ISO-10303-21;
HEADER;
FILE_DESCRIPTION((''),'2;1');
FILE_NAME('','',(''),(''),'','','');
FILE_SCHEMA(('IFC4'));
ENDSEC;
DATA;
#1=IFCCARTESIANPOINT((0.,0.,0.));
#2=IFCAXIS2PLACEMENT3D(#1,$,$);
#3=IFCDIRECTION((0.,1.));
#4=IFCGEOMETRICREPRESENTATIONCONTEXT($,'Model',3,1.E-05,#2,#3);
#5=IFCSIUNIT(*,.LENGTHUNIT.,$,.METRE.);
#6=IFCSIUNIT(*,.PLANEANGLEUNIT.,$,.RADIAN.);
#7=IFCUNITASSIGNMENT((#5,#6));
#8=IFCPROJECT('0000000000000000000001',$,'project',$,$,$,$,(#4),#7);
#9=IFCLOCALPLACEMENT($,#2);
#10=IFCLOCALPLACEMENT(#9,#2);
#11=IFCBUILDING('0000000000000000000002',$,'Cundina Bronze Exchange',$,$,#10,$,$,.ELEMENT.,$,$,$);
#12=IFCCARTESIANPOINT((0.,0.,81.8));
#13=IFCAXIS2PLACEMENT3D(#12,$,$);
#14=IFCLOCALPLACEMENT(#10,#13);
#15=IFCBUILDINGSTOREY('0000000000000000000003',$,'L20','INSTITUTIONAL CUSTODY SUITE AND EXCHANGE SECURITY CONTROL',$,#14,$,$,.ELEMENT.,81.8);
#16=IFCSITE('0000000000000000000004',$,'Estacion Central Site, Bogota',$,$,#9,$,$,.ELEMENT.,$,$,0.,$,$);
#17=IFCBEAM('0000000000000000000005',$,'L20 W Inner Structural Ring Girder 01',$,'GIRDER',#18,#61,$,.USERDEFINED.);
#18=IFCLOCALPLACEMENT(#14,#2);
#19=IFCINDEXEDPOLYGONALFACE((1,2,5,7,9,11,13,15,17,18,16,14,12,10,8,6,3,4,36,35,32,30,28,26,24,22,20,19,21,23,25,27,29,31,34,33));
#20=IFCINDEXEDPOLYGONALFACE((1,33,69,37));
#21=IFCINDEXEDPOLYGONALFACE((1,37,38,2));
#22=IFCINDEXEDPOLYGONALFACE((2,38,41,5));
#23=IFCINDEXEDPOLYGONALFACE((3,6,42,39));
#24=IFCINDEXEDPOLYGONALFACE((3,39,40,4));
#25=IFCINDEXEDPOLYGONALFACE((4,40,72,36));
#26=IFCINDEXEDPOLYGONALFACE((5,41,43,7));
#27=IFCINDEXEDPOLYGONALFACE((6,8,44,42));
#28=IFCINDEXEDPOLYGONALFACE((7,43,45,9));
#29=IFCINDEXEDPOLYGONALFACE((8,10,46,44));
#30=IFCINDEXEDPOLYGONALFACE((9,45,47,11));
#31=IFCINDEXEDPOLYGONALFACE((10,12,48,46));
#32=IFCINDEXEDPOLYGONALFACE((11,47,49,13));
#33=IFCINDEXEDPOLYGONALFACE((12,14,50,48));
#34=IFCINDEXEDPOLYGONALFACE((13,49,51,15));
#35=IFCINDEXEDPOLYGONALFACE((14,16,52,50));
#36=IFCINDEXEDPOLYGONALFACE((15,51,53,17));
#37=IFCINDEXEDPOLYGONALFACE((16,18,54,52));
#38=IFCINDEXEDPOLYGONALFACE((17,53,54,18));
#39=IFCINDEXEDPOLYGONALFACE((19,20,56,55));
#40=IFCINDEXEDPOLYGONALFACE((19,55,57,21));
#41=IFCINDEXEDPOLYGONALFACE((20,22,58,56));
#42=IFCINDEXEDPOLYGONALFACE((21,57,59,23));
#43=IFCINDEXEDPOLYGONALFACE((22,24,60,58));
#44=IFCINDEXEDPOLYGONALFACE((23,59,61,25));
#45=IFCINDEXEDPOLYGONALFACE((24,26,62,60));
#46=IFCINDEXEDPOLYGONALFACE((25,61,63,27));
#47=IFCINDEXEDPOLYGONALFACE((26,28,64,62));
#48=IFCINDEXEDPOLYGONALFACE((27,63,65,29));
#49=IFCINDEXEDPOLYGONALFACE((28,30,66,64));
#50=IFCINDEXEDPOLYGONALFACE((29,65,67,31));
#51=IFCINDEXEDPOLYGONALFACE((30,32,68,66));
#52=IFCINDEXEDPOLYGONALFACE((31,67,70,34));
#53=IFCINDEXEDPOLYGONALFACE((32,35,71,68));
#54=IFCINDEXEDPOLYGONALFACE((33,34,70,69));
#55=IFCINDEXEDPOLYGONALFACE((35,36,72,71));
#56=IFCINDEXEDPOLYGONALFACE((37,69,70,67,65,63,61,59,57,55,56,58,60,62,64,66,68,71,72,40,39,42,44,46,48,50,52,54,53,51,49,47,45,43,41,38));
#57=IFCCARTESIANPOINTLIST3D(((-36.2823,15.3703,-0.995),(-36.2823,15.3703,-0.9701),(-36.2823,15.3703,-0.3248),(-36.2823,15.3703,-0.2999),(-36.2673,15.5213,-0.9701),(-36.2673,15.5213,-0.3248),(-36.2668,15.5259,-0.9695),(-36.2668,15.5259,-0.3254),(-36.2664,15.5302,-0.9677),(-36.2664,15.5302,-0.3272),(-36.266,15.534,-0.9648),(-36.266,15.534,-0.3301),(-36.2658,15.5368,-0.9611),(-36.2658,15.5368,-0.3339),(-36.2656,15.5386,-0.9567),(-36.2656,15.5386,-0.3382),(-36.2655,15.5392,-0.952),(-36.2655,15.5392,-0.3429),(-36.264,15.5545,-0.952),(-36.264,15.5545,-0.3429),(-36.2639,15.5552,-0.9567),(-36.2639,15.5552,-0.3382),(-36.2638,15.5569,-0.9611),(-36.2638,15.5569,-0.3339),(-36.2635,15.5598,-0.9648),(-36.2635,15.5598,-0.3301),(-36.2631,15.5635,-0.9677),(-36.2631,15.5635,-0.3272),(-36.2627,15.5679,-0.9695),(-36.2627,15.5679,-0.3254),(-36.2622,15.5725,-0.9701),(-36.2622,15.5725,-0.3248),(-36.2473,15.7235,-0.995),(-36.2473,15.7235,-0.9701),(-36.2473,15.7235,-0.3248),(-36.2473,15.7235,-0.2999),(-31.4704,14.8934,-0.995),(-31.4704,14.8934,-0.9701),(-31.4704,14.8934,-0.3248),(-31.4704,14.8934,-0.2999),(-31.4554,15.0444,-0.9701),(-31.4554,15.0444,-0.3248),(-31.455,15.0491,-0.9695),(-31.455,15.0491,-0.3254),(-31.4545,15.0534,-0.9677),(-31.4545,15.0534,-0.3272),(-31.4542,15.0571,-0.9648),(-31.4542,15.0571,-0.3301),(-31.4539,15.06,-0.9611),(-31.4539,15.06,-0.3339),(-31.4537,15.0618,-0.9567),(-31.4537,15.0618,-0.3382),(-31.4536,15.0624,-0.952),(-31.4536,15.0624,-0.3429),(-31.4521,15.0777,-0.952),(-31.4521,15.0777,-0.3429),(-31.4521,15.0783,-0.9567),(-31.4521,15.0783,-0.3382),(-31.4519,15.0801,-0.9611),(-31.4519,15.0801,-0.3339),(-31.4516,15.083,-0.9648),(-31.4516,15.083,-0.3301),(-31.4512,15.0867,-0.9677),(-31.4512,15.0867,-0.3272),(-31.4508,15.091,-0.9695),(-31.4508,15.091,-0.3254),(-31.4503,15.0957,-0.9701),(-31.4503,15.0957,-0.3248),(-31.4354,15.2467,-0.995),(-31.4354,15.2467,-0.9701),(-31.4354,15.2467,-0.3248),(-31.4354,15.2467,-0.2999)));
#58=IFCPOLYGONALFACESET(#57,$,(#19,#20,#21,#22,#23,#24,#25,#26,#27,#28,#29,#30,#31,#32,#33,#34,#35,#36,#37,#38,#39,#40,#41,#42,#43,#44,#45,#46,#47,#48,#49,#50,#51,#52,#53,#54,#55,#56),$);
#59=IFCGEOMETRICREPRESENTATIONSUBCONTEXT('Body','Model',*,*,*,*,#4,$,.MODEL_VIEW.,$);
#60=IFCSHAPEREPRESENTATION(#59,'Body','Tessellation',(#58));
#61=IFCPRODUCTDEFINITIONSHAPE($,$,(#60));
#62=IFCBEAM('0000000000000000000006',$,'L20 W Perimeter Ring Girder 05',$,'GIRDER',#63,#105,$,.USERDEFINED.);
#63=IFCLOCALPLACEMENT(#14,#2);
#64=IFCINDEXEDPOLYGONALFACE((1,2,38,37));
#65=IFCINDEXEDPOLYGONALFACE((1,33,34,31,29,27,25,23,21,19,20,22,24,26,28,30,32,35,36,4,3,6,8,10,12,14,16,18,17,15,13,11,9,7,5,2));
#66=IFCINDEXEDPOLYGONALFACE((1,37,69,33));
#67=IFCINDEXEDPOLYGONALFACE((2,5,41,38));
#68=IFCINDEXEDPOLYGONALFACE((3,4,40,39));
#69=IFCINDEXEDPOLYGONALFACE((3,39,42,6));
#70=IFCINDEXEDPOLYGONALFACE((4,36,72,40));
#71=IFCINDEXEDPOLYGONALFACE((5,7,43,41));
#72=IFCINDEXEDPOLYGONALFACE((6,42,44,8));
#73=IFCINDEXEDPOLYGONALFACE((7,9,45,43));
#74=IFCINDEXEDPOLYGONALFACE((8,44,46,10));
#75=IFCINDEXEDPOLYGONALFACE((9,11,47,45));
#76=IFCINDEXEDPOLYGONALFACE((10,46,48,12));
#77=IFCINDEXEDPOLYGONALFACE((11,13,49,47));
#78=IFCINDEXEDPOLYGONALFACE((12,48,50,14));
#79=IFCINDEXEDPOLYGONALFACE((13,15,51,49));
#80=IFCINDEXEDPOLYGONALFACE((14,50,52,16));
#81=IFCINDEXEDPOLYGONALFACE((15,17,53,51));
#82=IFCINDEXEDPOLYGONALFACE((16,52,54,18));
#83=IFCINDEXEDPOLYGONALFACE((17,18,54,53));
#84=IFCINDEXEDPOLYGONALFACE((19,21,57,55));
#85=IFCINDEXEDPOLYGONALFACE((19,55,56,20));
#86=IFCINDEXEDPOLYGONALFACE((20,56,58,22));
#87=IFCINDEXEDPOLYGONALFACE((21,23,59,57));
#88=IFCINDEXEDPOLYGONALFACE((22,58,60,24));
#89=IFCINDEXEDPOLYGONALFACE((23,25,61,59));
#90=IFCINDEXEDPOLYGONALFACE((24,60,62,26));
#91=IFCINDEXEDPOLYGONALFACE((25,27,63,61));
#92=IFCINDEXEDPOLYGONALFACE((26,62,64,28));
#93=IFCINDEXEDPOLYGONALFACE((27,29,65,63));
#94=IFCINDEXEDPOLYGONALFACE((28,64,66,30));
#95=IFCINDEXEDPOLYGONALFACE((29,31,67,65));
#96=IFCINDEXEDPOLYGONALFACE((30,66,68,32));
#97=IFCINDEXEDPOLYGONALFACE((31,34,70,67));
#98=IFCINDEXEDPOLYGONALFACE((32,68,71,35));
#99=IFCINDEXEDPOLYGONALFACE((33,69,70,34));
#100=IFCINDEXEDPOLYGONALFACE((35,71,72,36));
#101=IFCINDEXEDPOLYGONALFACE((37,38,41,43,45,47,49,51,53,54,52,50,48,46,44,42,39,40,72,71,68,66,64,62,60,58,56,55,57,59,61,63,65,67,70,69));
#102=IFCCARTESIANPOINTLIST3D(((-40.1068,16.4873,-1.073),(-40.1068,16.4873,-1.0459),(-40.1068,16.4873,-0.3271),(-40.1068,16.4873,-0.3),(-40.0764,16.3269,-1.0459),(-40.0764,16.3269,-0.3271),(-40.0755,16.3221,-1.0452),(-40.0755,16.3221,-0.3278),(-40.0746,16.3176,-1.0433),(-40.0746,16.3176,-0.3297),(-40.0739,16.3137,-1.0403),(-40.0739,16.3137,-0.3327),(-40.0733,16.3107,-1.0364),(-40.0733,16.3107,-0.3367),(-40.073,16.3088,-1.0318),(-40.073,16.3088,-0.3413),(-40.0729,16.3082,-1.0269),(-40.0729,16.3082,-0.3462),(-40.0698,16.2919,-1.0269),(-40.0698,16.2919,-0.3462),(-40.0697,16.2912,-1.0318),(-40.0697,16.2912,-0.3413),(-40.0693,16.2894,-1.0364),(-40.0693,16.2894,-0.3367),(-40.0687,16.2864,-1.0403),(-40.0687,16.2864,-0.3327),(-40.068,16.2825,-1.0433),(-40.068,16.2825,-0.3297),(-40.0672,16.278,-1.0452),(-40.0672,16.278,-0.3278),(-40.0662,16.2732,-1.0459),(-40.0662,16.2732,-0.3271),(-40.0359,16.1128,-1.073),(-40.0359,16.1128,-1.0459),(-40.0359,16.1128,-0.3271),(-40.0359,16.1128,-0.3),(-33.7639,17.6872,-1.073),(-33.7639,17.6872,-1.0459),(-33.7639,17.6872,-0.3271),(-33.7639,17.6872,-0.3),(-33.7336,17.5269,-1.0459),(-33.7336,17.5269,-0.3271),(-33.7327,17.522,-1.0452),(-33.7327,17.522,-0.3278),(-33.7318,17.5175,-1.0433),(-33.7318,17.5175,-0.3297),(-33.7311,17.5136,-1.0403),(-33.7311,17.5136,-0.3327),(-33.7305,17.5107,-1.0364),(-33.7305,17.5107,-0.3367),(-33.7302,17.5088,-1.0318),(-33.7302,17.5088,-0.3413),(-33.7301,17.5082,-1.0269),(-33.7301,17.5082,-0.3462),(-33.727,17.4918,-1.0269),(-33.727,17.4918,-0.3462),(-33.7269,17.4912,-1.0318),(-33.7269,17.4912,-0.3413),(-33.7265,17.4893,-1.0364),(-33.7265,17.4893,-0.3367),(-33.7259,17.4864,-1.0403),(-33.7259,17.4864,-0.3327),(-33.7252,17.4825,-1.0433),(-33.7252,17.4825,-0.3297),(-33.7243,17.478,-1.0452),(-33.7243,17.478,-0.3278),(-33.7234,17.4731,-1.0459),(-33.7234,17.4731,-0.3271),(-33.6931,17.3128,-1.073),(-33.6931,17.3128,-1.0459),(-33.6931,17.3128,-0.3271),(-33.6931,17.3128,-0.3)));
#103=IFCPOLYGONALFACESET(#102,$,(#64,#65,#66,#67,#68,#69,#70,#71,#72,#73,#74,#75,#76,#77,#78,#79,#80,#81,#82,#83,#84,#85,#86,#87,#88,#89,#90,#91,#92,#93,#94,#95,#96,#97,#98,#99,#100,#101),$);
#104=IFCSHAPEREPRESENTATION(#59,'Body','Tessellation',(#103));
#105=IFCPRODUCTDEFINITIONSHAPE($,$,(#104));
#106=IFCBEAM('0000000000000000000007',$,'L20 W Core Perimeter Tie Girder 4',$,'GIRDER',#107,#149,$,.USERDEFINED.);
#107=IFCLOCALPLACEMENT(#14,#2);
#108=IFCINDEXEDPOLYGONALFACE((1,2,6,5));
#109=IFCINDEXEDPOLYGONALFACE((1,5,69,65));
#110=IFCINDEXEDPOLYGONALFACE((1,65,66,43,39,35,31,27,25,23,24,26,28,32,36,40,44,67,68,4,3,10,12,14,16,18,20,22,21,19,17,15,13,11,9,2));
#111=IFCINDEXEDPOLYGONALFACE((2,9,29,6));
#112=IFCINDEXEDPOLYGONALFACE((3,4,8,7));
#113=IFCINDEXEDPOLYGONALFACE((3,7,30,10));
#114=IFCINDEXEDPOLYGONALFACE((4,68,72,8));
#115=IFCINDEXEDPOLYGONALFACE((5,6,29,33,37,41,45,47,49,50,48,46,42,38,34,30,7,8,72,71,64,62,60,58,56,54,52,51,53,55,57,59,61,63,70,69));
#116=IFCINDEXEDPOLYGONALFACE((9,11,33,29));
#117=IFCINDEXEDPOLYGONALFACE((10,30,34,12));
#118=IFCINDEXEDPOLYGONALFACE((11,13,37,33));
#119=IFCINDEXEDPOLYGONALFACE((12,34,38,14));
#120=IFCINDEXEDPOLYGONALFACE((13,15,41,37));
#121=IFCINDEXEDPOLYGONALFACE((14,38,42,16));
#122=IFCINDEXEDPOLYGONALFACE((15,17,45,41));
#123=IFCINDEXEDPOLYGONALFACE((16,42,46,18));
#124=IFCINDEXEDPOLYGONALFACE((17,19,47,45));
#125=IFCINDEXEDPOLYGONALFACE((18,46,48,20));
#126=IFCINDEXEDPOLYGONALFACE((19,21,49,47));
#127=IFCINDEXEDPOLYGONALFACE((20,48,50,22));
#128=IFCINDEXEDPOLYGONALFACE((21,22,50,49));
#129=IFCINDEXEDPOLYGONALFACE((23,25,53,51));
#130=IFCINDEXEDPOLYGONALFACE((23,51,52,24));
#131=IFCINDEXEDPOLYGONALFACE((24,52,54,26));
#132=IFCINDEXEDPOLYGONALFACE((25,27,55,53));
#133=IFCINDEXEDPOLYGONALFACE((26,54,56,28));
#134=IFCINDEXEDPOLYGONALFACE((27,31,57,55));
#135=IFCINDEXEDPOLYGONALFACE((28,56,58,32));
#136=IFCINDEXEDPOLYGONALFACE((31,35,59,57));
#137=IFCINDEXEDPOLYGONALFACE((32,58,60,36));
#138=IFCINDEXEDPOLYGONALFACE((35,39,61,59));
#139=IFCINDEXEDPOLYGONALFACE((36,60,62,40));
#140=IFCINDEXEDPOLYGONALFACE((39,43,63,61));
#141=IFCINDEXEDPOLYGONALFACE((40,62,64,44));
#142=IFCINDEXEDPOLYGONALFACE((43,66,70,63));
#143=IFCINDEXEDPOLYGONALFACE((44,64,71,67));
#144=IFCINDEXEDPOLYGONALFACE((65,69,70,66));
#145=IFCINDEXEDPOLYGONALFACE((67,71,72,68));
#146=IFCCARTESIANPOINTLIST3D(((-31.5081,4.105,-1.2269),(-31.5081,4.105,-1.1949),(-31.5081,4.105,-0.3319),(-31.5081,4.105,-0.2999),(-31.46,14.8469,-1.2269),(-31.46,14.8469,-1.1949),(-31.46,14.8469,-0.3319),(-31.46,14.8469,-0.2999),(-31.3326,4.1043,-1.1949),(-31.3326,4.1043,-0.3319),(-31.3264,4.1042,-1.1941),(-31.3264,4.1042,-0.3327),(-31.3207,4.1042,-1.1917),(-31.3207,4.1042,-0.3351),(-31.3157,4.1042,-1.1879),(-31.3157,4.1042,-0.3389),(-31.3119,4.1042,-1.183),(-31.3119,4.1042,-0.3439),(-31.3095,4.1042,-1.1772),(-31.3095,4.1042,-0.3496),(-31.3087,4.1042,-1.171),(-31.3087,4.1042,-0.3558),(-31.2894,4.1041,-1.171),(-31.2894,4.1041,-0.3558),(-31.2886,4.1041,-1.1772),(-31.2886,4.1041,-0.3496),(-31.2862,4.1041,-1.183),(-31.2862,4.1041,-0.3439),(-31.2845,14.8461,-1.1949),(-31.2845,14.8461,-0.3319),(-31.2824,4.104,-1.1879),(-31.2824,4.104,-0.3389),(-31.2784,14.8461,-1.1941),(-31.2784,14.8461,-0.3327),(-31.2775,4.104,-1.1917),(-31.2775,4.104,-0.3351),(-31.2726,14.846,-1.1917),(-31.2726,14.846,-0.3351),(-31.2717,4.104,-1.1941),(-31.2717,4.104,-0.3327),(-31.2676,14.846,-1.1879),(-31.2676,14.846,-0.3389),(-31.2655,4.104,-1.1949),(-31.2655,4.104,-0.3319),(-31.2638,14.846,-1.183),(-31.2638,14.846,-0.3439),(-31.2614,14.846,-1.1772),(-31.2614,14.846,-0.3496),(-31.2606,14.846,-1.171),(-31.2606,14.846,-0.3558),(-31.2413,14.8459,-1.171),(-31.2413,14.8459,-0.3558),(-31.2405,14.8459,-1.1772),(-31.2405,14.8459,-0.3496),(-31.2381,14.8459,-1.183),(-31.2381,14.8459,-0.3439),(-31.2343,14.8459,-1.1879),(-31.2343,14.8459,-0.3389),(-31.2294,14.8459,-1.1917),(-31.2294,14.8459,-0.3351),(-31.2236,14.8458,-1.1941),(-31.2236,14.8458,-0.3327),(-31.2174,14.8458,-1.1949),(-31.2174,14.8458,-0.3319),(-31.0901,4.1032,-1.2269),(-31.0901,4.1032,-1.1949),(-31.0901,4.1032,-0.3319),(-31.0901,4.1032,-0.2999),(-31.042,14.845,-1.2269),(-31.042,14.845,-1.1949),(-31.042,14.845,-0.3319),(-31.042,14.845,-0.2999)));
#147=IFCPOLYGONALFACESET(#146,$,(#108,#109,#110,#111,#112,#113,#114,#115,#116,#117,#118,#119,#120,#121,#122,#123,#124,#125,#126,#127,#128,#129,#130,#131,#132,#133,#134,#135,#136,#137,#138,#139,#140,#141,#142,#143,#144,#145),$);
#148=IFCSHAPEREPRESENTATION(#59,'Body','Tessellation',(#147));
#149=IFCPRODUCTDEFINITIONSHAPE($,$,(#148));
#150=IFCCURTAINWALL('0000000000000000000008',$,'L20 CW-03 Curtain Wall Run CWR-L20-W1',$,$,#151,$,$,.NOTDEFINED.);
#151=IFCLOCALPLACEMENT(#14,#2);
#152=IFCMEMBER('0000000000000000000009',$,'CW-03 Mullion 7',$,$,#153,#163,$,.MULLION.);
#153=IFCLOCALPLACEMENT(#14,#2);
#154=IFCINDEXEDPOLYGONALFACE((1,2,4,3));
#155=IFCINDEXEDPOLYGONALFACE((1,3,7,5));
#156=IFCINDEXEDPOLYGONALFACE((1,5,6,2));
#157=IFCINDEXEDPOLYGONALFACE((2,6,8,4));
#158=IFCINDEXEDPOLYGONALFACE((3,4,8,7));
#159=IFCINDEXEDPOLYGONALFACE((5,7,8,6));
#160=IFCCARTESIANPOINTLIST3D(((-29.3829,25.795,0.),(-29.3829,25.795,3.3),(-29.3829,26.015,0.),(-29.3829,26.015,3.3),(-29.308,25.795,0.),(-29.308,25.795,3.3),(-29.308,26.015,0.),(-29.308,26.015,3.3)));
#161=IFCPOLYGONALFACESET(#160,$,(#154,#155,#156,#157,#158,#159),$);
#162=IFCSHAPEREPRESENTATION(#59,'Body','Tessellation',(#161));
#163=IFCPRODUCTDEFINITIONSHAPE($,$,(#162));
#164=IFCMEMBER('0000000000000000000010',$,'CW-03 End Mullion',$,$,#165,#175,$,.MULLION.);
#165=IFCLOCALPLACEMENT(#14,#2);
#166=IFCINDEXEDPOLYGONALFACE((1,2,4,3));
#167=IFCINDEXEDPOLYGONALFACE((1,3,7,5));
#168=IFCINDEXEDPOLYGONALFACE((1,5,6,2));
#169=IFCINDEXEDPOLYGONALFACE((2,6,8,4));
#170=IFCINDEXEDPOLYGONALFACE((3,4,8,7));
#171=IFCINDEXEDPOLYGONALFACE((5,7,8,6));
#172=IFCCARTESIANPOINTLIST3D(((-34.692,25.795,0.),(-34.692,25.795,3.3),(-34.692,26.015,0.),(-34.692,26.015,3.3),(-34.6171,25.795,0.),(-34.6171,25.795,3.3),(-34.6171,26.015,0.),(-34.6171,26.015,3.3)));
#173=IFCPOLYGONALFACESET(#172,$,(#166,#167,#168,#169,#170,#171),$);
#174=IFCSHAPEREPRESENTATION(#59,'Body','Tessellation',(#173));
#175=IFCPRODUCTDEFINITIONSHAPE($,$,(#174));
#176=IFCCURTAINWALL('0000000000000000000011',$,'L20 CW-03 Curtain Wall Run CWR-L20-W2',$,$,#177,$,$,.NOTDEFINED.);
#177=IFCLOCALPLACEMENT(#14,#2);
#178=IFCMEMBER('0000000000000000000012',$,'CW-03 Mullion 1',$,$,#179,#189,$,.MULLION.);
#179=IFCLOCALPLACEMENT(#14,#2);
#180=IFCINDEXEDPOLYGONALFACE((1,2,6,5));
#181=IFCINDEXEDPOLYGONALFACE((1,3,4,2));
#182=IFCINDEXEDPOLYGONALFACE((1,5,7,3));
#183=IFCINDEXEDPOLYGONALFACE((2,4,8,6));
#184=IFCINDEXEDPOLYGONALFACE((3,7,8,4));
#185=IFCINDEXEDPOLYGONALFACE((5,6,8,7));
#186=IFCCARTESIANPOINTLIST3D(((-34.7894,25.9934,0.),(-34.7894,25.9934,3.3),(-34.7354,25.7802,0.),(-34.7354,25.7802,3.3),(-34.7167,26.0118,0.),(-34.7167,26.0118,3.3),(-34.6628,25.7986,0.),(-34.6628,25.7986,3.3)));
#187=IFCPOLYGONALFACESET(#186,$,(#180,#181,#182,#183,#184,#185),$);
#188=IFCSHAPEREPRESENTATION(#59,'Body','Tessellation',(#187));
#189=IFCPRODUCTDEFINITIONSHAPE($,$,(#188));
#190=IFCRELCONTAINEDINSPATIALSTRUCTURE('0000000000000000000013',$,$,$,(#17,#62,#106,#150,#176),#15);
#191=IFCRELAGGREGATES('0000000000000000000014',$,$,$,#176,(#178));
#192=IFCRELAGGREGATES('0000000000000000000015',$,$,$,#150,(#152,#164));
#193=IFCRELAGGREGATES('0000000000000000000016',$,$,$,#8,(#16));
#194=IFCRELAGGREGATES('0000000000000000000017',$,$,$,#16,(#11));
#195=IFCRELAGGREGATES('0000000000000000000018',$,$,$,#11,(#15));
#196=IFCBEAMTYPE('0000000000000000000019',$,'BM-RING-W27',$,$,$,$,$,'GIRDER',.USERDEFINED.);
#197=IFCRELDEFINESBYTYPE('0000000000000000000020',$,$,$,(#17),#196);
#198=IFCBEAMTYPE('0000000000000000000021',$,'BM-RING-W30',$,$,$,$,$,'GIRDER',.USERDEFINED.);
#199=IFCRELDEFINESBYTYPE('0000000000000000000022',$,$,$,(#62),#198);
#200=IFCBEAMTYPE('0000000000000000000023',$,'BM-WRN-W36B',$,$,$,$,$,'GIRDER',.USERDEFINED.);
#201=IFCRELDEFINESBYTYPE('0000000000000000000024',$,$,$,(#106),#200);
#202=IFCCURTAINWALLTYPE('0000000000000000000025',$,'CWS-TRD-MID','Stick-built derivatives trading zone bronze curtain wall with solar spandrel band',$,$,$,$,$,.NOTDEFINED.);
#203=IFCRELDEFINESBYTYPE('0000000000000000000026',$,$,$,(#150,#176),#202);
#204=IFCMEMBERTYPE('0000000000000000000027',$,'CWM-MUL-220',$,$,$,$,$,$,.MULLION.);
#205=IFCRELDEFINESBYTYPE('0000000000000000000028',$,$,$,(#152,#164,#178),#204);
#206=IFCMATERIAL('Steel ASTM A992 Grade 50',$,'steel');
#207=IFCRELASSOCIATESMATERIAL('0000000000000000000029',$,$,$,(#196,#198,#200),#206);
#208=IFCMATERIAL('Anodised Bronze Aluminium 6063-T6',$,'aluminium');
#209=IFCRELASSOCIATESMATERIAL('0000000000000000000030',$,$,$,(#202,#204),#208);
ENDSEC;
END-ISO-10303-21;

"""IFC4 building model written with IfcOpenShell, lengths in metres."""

from ifc_helpers import new_model, si_unit, direction, frame, origin, origin_2d, place, context, subcontext, project, spatial, rectangle, i_section, extrude, material, material_profile, profile_set, type_object, element, aggregate, save


model = new_model("IFC4")

# Units and contexts
model_context = context("Model", 3, precision=1e-05, world=origin(), true_north=direction((0.0, 1.0)))
body_context = subcontext(model_context, "Body", "Model", "MODEL_VIEW")
ifc_project = project(units=[si_unit("LENGTHUNIT", "METRE"), si_unit("PLANEANGLEUNIT", "RADIAN")], contexts=[model_context])

# Site, building, storey
site_placement = place(None, origin())
site = spatial("IfcSite", under=ifc_project, at=site_placement, Name="Estacion Central Site, Bogota", CompositionType="ELEMENT", RefElevation=0.0)
building_placement = place(site_placement, origin())
building = spatial("IfcBuilding", under=site, at=building_placement, Name="Cundina Bronze Exchange", CompositionType="ELEMENT")
storey_placement = place(building_placement, frame((0.0, 0.0, 81.8)))
storey = spatial("IfcBuildingStorey", under=building, at=storey_placement, Name="L20", Description="INSTITUTIONAL CUSTODY SUITE AND EXCHANGE SECURITY CONTROL", CompositionType="ELEMENT", Elevation=81.8)

# Shared definitions
ifc_material_1 = material(Name="Steel ASTM A992 Grade 50", Category="steel")

# Beams
ifc_material_profile_1 = material_profile(ifc_material_1, i_section(OverallWidth=0.355, OverallDepth=0.6951, WebThickness=0.0154, FlangeThickness=0.0249, FilletRadius=0.0181, at=origin_2d()), Name="W27X146", Category="steel")
ifc_profile_set_1 = profile_set([ifc_material_profile_1], Name="Steel ASTM A992 Grade 50")
beam_type_1 = type_object("IfcBeamType", Name="BM-RING-W27", ElementType="GIRDER", PredefinedType="USERDEFINED", material=ifc_profile_set_1)
beam_1_placement = place(storey_placement, frame((-31.4529, 15.0701, -0.6475), z_axis=(-0.995126, 0.098609, 0.0), x_axis=(-0.098609, -0.995126, 0.0)))
element("IfcBeam", 1, at=beam_1_placement, inside=storey, type_object=beam_type_1, Name="L20 W Inner Structural Ring Girder 01", ObjectType="GIRDER", PredefinedType="USERDEFINED", context=body_context, shape_type="SweptSolid", body=[
    extrude(i_section(OverallWidth=0.355, OverallDepth=0.6951, WebThickness=0.0154, FlangeThickness=0.0249, FilletRadius=0.0181, at=origin_2d()), origin(), (0.0, 0.0, 1.0), 4.8354),
])
ifc_material_profile_2 = material_profile(ifc_material_1, i_section(OverallWidth=0.3811, OverallDepth=0.7729, WebThickness=0.0166, FlangeThickness=0.0271, FilletRadius=0.019, at=origin_2d()), Name="W30X173", Category="steel")
ifc_profile_set_2 = profile_set([ifc_material_profile_2], Name="Steel ASTM A992 Grade 50")
beam_type_2 = type_object("IfcBeamType", Name="BM-RING-W30", ElementType="GIRDER", PredefinedType="USERDEFINED", material=ifc_profile_set_2)
beam_2_placement = place(storey_placement, frame((-33.7285, 17.5, -0.6865), z_axis=(-0.982571, -0.185887, 0.0), x_axis=(0.185887, -0.982571, 0.0)))
element("IfcBeam", 2, at=beam_2_placement, inside=storey, type_object=beam_type_2, Name="L20 W Perimeter Ring Girder 05", ObjectType="GIRDER", PredefinedType="USERDEFINED", context=body_context, shape_type="SweptSolid", body=[
    extrude(i_section(OverallWidth=0.3811, OverallDepth=0.7729, WebThickness=0.0166, FlangeThickness=0.0271, FilletRadius=0.019, at=origin_2d()), origin(), (0.0, 0.0, 1.0), 6.4553),
])
ifc_material_profile_3 = material_profile(ifc_material_1, i_section(OverallWidth=0.418, OverallDepth=0.927, WebThickness=0.0193, FlangeThickness=0.032, FilletRadius=0.0239, at=origin_2d()), Name="W36X231", Category="steel")
ifc_profile_set_3 = profile_set([ifc_material_profile_3], Name="Steel ASTM A992 Grade 50")
beam_type_3 = type_object("IfcBeamType", Name="BM-WRN-W36B", ElementType="GIRDER", PredefinedType="USERDEFINED", material=ifc_profile_set_3)
beam_3_placement = place(storey_placement, frame((-31.251, 14.8459, -0.7634), z_axis=(-0.004477, -0.99999, 0.0), x_axis=(0.99999, -0.004477, 0.0)))
element("IfcBeam", 3, at=beam_3_placement, inside=storey, type_object=beam_type_3, Name="L20 W Core Perimeter Tie Girder 4", ObjectType="GIRDER", PredefinedType="USERDEFINED", context=body_context, shape_type="SweptSolid", body=[
    extrude(i_section(OverallWidth=0.418, OverallDepth=0.927, WebThickness=0.0193, FlangeThickness=0.032, FilletRadius=0.0239, at=origin_2d()), origin(), (0.0, 0.0, 1.0), 10.7419),
])

# Curtain wall, members
ifc_material_2 = material(Name="Anodised Bronze Aluminium 6063-T6", Category="aluminium")
curtain_wall_type = type_object("IfcCurtainWallType", Name="CWS-TRD-MID", Description="Stick-built derivatives trading zone bronze curtain wall with solar spandrel band", PredefinedType="NOTDEFINED", material=ifc_material_2)
curtain_wall_1_placement = place(storey_placement, origin())
curtain_wall_1 = element("IfcCurtainWall", 4, at=curtain_wall_1_placement, inside=storey, type_object=curtain_wall_type, Name="L20 CW-03 Curtain Wall Run CWR-L20-W1", PredefinedType="NOTDEFINED")
ifc_material_profile_4 = material_profile(ifc_material_2, rectangle(XDim=0.075, YDim=0.22, at=origin_2d()), Name="AL75X220", Category="aluminium")
ifc_profile_set_4 = profile_set([ifc_material_profile_4], Name="Anodised Bronze Aluminium 6063-T6")
member_type_1 = type_object("IfcMemberType", Name="CWM-MUL-220", PredefinedType="MULLION", material=ifc_profile_set_4)
member_1_placement = place(storey_placement, frame((-29.3455, 25.905, 0.0), z_axis=(0.0, 0.0, 1.0), x_axis=(-1.0, 0.0, 0.0)))
member_1 = element("IfcMember", 5, at=member_1_placement, type_object=member_type_1, Name="CW-03 Mullion 7", PredefinedType="MULLION", context=body_context, shape_type="SweptSolid", body=[
    extrude(rectangle(XDim=0.075, YDim=0.22, at=origin_2d()), origin(), (0.0, 0.0, 1.0), 3.3),
])
member_2_placement = place(storey_placement, frame((-34.6545, 25.905, 0.0), z_axis=(0.0, 0.0, 1.0), x_axis=(-1.0, 0.0, 0.0)))
member_2 = element("IfcMember", 6, at=member_2_placement, type_object=member_type_1, Name="CW-03 End Mullion", PredefinedType="MULLION", context=body_context, shape_type="SweptSolid", body=[
    extrude(rectangle(XDim=0.075, YDim=0.22, at=origin_2d()), origin(), (0.0, 0.0, 1.0), 3.3),
])

# Curtain wall, member
curtain_wall_2_placement = place(storey_placement, origin())
curtain_wall_2 = element("IfcCurtainWall", 7, at=curtain_wall_2_placement, inside=storey, type_object=curtain_wall_type, Name="L20 CW-03 Curtain Wall Run CWR-L20-W2", PredefinedType="NOTDEFINED")
member_3_placement = place(storey_placement, frame((-34.7261, 25.896, 0.0), z_axis=(0.0, 0.0, 1.0), x_axis=(-0.969488, -0.245138, 0.0)))
member_3 = element("IfcMember", 8, at=member_3_placement, type_object=member_type_1, Name="CW-03 Mullion 1", PredefinedType="MULLION", context=body_context, shape_type="SweptSolid", body=[
    extrude(rectangle(XDim=0.075, YDim=0.22, at=origin_2d()), origin(), (0.0, 0.0, 1.0), 3.3),
])

aggregate(curtain_wall_2, [member_3])

aggregate(curtain_wall_1, [member_1, member_2])

save(model, "model.ifc")
